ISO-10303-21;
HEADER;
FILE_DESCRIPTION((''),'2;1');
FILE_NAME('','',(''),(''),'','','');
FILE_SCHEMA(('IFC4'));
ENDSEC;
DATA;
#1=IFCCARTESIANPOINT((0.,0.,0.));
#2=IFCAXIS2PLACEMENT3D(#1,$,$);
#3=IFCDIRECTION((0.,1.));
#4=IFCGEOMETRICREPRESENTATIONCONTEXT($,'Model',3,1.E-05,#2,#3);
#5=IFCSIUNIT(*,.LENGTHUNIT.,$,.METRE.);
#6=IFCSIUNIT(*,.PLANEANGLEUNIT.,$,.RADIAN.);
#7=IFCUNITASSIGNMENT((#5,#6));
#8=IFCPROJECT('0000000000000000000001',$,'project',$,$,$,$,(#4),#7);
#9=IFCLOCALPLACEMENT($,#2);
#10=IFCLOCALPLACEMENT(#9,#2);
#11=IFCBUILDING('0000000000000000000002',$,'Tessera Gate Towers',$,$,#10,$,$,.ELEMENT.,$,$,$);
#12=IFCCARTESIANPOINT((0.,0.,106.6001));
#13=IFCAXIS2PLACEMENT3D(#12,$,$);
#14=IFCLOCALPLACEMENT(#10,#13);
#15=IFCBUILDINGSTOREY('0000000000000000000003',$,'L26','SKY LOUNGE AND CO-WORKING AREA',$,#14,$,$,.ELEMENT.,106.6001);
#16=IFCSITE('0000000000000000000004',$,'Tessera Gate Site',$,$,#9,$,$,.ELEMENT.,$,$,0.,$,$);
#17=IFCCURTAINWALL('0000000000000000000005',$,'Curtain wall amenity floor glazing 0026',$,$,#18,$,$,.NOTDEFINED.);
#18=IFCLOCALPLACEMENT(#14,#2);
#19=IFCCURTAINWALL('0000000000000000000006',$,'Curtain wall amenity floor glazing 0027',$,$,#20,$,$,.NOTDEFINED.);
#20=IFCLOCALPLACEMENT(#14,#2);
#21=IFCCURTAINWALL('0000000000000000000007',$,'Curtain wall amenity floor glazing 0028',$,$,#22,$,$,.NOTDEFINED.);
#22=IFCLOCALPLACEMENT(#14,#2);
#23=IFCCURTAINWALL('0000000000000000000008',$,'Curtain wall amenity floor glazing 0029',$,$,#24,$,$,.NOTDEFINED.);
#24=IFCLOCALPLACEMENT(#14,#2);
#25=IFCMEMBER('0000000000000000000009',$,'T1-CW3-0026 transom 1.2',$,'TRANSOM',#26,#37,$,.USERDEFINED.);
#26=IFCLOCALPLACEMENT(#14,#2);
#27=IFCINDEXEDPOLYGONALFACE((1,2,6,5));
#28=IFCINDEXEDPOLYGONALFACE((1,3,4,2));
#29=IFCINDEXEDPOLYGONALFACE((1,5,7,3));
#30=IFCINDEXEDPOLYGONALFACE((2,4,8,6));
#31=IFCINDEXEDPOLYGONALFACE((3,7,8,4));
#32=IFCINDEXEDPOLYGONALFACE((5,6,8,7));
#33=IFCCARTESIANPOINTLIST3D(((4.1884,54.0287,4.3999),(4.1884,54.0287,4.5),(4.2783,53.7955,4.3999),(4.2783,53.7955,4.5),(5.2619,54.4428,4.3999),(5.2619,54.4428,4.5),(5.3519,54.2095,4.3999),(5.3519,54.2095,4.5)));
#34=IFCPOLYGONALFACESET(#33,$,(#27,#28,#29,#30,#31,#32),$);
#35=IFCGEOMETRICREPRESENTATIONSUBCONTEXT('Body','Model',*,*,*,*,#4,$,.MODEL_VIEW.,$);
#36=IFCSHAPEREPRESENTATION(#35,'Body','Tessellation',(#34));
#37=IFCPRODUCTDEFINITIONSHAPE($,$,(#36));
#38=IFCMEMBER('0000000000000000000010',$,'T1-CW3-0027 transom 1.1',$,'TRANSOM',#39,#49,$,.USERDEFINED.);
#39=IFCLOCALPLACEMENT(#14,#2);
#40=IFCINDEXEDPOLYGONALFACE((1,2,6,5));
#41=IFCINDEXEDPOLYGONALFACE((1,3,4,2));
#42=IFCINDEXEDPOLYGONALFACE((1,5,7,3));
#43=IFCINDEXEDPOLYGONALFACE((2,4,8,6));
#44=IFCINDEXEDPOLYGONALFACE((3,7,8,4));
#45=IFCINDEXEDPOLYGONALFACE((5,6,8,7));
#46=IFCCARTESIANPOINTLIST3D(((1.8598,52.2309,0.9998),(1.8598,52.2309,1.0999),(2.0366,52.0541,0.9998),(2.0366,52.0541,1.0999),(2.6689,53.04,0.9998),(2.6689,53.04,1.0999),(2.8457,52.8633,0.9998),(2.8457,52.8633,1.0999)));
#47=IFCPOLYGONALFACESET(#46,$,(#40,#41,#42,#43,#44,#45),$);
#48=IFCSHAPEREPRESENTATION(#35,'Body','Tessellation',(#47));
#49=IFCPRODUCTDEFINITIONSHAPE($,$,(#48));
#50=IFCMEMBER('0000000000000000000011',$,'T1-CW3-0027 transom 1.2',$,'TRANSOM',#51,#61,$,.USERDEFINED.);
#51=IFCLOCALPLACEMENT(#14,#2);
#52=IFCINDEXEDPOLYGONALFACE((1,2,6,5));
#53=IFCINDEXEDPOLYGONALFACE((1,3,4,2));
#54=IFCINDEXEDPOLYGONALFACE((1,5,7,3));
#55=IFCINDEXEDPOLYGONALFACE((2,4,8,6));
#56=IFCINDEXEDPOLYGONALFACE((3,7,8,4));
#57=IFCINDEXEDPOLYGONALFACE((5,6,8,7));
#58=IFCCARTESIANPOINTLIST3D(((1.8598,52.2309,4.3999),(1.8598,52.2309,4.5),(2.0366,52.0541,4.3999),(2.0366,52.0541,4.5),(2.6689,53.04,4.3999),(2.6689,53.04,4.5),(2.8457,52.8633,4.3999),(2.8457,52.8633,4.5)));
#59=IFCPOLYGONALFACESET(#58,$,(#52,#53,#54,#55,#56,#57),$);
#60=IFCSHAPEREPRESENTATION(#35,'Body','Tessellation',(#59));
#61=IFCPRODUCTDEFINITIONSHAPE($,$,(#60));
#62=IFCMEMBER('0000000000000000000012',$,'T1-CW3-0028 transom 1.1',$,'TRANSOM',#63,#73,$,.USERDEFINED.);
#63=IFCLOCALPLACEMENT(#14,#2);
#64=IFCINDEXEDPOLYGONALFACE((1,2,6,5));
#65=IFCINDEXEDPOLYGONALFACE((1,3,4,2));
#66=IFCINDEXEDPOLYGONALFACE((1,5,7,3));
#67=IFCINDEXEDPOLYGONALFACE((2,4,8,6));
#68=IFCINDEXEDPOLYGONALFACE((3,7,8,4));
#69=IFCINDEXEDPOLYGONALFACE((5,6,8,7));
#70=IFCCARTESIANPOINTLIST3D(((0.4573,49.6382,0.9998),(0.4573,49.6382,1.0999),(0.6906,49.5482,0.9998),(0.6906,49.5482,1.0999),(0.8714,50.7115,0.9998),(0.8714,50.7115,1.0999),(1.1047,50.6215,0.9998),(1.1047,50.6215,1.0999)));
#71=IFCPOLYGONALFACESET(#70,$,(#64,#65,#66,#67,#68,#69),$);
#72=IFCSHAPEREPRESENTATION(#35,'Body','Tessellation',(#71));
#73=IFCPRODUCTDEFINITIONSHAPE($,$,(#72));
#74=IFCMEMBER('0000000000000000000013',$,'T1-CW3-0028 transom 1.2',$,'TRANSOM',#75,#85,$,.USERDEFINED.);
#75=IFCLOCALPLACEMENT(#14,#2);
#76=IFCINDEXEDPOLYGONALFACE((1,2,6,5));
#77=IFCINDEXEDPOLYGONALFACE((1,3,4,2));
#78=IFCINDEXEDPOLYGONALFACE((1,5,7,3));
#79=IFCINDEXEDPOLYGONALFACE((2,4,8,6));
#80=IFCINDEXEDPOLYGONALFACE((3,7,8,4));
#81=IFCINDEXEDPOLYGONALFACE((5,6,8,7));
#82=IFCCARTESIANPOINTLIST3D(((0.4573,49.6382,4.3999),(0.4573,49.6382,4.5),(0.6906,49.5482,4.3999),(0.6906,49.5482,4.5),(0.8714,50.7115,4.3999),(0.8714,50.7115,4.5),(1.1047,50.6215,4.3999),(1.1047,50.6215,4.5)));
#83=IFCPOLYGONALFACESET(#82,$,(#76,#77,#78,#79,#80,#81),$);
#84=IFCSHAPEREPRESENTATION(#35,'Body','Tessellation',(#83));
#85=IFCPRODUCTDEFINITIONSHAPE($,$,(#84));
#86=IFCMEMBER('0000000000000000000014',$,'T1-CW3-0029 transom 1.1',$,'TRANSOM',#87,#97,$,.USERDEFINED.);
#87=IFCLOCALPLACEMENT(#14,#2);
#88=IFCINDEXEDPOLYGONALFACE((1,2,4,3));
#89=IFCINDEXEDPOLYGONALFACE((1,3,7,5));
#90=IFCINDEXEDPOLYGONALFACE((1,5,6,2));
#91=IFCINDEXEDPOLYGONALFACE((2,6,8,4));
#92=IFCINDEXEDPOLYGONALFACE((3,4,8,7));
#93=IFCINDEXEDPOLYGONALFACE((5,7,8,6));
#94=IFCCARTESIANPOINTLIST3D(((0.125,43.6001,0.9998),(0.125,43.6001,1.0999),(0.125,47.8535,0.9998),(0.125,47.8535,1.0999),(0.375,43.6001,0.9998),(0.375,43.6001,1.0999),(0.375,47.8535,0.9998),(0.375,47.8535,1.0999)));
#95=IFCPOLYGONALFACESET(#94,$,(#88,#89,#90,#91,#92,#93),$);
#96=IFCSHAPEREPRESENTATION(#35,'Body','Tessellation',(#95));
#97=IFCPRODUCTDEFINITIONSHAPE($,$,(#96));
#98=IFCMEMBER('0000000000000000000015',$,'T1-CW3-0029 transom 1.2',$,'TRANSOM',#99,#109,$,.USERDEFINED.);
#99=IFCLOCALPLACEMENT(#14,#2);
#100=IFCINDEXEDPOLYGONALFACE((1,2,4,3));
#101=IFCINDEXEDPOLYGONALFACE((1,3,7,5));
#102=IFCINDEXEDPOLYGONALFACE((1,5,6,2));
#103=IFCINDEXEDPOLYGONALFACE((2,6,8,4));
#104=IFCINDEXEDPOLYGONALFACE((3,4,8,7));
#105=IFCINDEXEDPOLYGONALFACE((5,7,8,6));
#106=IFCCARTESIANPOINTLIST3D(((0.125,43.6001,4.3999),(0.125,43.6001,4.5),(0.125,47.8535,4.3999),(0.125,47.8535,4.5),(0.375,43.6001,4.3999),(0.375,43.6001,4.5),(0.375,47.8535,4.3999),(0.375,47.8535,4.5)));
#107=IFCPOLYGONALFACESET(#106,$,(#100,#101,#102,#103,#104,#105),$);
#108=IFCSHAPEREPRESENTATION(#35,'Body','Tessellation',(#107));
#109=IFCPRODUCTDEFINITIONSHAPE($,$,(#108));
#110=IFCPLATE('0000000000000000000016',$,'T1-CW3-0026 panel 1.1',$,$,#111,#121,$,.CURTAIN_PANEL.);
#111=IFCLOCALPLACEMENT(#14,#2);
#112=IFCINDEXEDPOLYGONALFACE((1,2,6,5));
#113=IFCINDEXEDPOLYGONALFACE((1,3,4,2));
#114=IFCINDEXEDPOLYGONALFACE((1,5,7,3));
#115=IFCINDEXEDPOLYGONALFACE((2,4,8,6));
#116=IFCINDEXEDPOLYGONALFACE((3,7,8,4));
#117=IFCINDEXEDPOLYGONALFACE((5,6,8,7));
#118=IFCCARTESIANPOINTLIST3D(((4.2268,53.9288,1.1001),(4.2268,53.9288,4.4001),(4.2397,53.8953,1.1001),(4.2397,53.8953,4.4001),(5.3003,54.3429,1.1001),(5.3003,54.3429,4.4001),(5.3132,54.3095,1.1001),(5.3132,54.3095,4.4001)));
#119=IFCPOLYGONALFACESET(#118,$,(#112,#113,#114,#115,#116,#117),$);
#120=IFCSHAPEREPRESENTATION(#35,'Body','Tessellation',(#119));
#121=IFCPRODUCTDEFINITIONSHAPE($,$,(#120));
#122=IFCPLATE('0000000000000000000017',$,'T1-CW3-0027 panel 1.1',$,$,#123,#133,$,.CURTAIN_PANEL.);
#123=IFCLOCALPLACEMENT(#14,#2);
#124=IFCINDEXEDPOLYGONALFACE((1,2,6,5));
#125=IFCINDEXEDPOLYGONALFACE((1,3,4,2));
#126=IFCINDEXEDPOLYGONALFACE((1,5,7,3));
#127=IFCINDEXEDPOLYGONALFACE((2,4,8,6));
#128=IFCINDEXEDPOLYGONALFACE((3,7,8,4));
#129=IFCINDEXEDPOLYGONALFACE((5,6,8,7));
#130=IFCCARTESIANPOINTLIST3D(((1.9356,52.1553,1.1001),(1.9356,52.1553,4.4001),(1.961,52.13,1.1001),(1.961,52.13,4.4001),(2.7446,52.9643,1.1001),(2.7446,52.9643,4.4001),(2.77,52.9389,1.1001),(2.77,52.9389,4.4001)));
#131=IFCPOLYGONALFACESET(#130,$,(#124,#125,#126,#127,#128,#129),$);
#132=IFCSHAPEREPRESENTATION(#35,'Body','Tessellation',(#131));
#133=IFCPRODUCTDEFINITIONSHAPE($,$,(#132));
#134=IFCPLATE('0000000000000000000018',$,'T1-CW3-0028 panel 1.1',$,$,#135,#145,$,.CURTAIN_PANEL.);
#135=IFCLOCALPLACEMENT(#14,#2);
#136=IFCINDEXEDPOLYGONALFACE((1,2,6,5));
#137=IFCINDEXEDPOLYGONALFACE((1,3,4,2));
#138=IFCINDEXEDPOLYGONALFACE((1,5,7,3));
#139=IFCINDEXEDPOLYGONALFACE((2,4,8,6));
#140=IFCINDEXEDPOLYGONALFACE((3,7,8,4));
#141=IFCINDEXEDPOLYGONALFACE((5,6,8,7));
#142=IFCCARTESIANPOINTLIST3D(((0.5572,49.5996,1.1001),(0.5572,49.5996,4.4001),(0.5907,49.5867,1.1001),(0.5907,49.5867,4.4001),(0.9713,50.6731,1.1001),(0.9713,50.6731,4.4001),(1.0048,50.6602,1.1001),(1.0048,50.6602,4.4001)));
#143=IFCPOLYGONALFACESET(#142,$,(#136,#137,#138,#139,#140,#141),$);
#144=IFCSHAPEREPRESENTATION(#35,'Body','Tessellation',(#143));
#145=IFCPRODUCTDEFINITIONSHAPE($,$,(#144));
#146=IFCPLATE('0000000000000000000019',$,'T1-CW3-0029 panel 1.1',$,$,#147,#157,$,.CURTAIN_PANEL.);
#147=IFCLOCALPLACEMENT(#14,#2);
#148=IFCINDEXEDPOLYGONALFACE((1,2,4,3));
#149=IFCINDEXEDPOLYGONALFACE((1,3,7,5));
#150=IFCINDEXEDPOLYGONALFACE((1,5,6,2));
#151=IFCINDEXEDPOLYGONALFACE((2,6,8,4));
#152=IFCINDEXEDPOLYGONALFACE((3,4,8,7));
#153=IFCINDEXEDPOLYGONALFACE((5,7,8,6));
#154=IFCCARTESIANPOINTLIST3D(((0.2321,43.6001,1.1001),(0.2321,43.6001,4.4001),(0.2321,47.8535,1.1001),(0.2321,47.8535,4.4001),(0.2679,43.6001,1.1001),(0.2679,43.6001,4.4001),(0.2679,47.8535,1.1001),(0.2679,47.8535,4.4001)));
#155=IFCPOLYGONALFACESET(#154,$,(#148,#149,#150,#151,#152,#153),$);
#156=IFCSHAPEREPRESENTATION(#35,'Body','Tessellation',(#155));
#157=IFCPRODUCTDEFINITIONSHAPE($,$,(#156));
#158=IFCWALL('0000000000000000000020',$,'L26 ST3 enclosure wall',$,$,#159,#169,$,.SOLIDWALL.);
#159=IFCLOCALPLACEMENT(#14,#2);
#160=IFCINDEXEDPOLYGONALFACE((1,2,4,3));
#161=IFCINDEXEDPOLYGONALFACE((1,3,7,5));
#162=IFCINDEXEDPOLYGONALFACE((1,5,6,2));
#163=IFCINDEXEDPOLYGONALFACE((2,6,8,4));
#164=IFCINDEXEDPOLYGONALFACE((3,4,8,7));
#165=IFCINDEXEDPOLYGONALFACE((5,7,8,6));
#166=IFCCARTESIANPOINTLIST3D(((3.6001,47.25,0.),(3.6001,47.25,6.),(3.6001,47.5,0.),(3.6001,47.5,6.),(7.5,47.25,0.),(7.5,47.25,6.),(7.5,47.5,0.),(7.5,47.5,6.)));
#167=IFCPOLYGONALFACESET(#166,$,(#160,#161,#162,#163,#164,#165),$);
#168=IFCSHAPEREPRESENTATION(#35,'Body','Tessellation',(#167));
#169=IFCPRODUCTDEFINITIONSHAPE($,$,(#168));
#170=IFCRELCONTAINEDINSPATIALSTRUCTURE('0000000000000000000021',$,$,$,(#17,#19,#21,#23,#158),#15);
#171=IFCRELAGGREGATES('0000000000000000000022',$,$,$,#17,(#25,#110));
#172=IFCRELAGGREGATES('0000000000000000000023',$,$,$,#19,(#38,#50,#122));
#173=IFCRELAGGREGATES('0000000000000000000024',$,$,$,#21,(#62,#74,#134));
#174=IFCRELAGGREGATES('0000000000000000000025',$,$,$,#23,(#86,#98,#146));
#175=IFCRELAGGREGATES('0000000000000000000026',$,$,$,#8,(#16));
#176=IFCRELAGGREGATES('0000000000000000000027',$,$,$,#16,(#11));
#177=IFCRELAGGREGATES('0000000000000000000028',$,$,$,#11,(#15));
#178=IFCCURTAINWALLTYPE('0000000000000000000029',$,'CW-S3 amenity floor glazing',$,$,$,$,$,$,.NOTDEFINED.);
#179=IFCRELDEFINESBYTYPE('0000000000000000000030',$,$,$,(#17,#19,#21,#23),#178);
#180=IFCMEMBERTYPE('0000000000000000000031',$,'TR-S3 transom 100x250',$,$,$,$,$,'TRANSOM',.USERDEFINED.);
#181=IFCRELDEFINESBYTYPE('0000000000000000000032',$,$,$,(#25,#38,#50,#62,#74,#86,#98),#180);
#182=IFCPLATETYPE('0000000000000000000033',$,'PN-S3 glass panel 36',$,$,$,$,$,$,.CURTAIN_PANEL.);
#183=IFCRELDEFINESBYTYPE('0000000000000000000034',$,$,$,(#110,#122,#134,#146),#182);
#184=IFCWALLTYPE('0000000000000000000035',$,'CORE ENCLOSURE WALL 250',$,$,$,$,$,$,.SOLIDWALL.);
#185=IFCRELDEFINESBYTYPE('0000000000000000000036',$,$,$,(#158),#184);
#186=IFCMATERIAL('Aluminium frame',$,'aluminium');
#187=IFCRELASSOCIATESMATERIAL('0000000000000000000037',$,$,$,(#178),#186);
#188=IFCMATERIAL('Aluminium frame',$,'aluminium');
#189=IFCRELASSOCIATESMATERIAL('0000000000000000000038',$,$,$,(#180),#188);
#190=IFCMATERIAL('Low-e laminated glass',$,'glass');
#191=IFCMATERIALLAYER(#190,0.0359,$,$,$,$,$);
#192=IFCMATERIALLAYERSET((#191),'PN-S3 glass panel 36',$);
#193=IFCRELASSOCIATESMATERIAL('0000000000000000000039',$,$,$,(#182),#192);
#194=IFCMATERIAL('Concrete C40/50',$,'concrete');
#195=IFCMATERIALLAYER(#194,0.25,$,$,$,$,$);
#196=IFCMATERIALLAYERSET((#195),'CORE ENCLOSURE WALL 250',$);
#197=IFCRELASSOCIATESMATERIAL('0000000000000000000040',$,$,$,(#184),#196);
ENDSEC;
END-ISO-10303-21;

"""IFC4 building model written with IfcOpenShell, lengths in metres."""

from ifc_helpers import new_model, si_unit, direction, frame, frame_2d, origin, origin_2d, place, context, subcontext, project, spatial, rectangle, extrude, material, layer, layer_set, material_profile, profile_set, type_object, element, aggregate, save


model = new_model("IFC4")

# Units and contexts
model_context = context("Model", 3, precision=1e-05, world=origin(), true_north=direction((0.0, 1.0)))
body_context = subcontext(model_context, "Body", "Model", "MODEL_VIEW")
ifc_project = project(units=[si_unit("LENGTHUNIT", "METRE"), si_unit("PLANEANGLEUNIT", "RADIAN")], contexts=[model_context])

# Site, building, storey
site_placement = place(None, origin())
site = spatial("IfcSite", under=ifc_project, at=site_placement, Name="Tessera Gate Site", CompositionType="ELEMENT", RefElevation=0.0)
building_placement = place(site_placement, origin())
building = spatial("IfcBuilding", under=site, at=building_placement, Name="Tessera Gate Towers", CompositionType="ELEMENT")
storey_placement = place(building_placement, frame((0.0, 0.0, 106.6001)))
storey = spatial("IfcBuildingStorey", under=building, at=storey_placement, Name="L26", Description="SKY LOUNGE AND CO-WORKING AREA", CompositionType="ELEMENT", Elevation=106.6001)

# Shared definitions
ifc_material_1 = material(Name="Aluminium frame", Category="aluminium")
curtain_wall_type = type_object("IfcCurtainWallType", Name="CW-S3 amenity floor glazing", PredefinedType="NOTDEFINED", material=ifc_material_1)

# Curtain walls
curtain_wall_1_placement = place(storey_placement, origin())
curtain_wall_1 = element("IfcCurtainWall", 1, at=curtain_wall_1_placement, inside=storey, type_object=curtain_wall_type, Name="Curtain wall amenity floor glazing 0026", PredefinedType="NOTDEFINED")
curtain_wall_2_placement = place(storey_placement, origin())
curtain_wall_2 = element("IfcCurtainWall", 2, at=curtain_wall_2_placement, inside=storey, type_object=curtain_wall_type, Name="Curtain wall amenity floor glazing 0027", PredefinedType="NOTDEFINED")
curtain_wall_3_placement = place(storey_placement, origin())
curtain_wall_3 = element("IfcCurtainWall", 3, at=curtain_wall_3_placement, inside=storey, type_object=curtain_wall_type, Name="Curtain wall amenity floor glazing 0028", PredefinedType="NOTDEFINED")

# Curtain wall
curtain_wall_4_placement = place(storey_placement, origin())
curtain_wall_4 = element("IfcCurtainWall", 4, at=curtain_wall_4_placement, inside=storey, type_object=curtain_wall_type, Name="Curtain wall amenity floor glazing 0029", PredefinedType="NOTDEFINED")

# Members
ifc_material_2 = material(Name="Aluminium frame", Category="aluminium")
ifc_material_profile_1 = material_profile(ifc_material_2, rectangle(XDim=0.25, YDim=0.1001, at=origin_2d()), Name="AL 100x250")
ifc_profile_set_1 = profile_set([ifc_material_profile_1], Name="Aluminium frame")
member_type_1 = type_object("IfcMemberType", Name="TR-S3 transom 100x250", ElementType="TRANSOM", PredefinedType="USERDEFINED", material=ifc_profile_set_1)
member_1_placement = place(storey_placement, frame((5.3069, 54.3262, 4.45), z_axis=(-0.933001, -0.359875, 0.0), x_axis=(0.359875, -0.933001, 0.0)))
member_1 = element("IfcMember", 5, at=member_1_placement, type_object=member_type_1, Name="T1-CW3-0026 transom 1.2", ObjectType="TRANSOM", PredefinedType="USERDEFINED", context=body_context, shape_type="SweptSolid", body=[
    extrude(rectangle(XDim=0.25, YDim=0.1001, at=origin_2d()), origin(), (0.0, 0.0, 1.0), 1.1506),
])
member_2_placement = place(storey_placement, frame((2.7573, 52.9517, 1.0498), z_axis=(-0.707107, -0.707107, 0.0), x_axis=(0.707107, -0.707107, 0.0)))
member_2 = element("IfcMember", 6, at=member_2_placement, type_object=member_type_1, Name="T1-CW3-0027 transom 1.1", ObjectType="TRANSOM", PredefinedType="USERDEFINED", context=body_context, shape_type="SweptSolid", body=[
    extrude(rectangle(XDim=0.25, YDim=0.1001, at=origin_2d()), origin(), (0.0, 0.0, 1.0), 1.1443),
])
member_3_placement = place(storey_placement, frame((2.7573, 52.9517, 4.45), z_axis=(-0.707107, -0.707107, 0.0), x_axis=(0.707107, -0.707107, 0.0)))
member_3 = element("IfcMember", 7, at=member_3_placement, type_object=member_type_1, Name="T1-CW3-0027 transom 1.2", ObjectType="TRANSOM", PredefinedType="USERDEFINED", context=body_context, shape_type="SweptSolid", body=[
    extrude(rectangle(XDim=0.25, YDim=0.1001, at=origin_2d()), origin(), (0.0, 0.0, 1.0), 1.1443),
])
member_4_placement = place(storey_placement, frame((0.988, 50.6665, 1.0498), z_axis=(-0.359946, -0.932973, 0.0), x_axis=(0.932973, -0.359946, 0.0)))
member_4 = element("IfcMember", 8, at=member_4_placement, type_object=member_type_1, Name="T1-CW3-0028 transom 1.1", ObjectType="TRANSOM", PredefinedType="USERDEFINED", context=body_context, shape_type="SweptSolid", body=[
    extrude(rectangle(XDim=0.25, YDim=0.1001, at=origin_2d()), origin(), (0.0, 0.0, 1.0), 1.1504),
])
member_5_placement = place(storey_placement, frame((0.988, 50.6665, 4.45), z_axis=(-0.359946, -0.932973, 0.0), x_axis=(0.932973, -0.359946, 0.0)))
member_5 = element("IfcMember", 9, at=member_5_placement, type_object=member_type_1, Name="T1-CW3-0028 transom 1.2", ObjectType="TRANSOM", PredefinedType="USERDEFINED", context=body_context, shape_type="SweptSolid", body=[
    extrude(rectangle(XDim=0.25, YDim=0.1001, at=origin_2d()), origin(), (0.0, 0.0, 1.0), 1.1504),
])
member_6_placement = place(storey_placement, frame((0.25, 47.8535, 1.0498), z_axis=(0.0, -1.0, 0.0), x_axis=(1.0, 0.0, 0.0)))
member_6 = element("IfcMember", 10, at=member_6_placement, type_object=member_type_1, Name="T1-CW3-0029 transom 1.1", ObjectType="TRANSOM", PredefinedType="USERDEFINED", context=body_context, shape_type="SweptSolid", body=[
    extrude(rectangle(XDim=0.25, YDim=0.1001, at=origin_2d()), origin(), (0.0, 0.0, 1.0), 4.2534),
])
member_7_placement = place(storey_placement, frame((0.25, 47.8535, 4.45), z_axis=(0.0, -1.0, 0.0), x_axis=(1.0, 0.0, 0.0)))
member_7 = element("IfcMember", 11, at=member_7_placement, type_object=member_type_1, Name="T1-CW3-0029 transom 1.2", ObjectType="TRANSOM", PredefinedType="USERDEFINED", context=body_context, shape_type="SweptSolid", body=[
    extrude(rectangle(XDim=0.25, YDim=0.1001, at=origin_2d()), origin(), (0.0, 0.0, 1.0), 4.2534),
])

# Plates
ifc_material_3 = material(Name="Low-e laminated glass", Category="glass")
ifc_layer_1 = layer(ifc_material_3, 0.0359)
ifc_layer_set_1 = layer_set([ifc_layer_1], Name="PN-S3 glass panel 36")
plate_type = type_object("IfcPlateType", Name="PN-S3 glass panel 36", PredefinedType="CURTAIN_PANEL", material=ifc_layer_set_1)
plate_1_placement = place(storey_placement, frame((4.77, 54.1191, 1.1001), z_axis=(0.0, 0.0, 1.0), x_axis=(-0.932989, -0.359904, 0.0)))
plate_1 = element("IfcPlate", 12, at=plate_1_placement, type_object=plate_type, Name="T1-CW3-0026 panel 1.1", PredefinedType="CURTAIN_PANEL", context=body_context, shape_type="SweptSolid", body=[
    extrude(rectangle(XDim=1.1506, YDim=0.0359, at=origin_2d()), origin(), (0.0, 0.0, 1.0), 3.3),
])
aggregate(curtain_wall_1, [member_1, plate_1])
plate_2_placement = place(storey_placement, frame((2.3528, 52.5471, 1.1001), z_axis=(0.0, 0.0, 1.0), x_axis=(-0.707107, -0.707107, 0.0)))
plate_2 = element("IfcPlate", 13, at=plate_2_placement, type_object=plate_type, Name="T1-CW3-0027 panel 1.1", PredefinedType="CURTAIN_PANEL", context=body_context, shape_type="SweptSolid", body=[
    extrude(rectangle(XDim=1.144, YDim=0.0359, at=origin_2d()), origin(), (0.0, 0.0, 1.0), 3.3),
])
aggregate(curtain_wall_2, [member_2, member_3, plate_2])
plate_3_placement = place(storey_placement, frame((0.781, 50.1299, 1.1001), z_axis=(0.0, 0.0, 1.0), x_axis=(-0.359904, -0.932989, 0.0)))
plate_3 = element("IfcPlate", 14, at=plate_3_placement, type_object=plate_type, Name="T1-CW3-0028 panel 1.1", PredefinedType="CURTAIN_PANEL", context=body_context, shape_type="SweptSolid", body=[
    extrude(rectangle(XDim=1.1506, YDim=0.0359, at=origin_2d()), origin(), (0.0, 0.0, 1.0), 3.3),
])
aggregate(curtain_wall_3, [member_4, member_5, plate_3])
plate_4_placement = place(storey_placement, frame((0.25, 45.7268, 1.1001), z_axis=(0.0, 0.0, 1.0), x_axis=(0.0, -1.0, 0.0)))
plate_4 = element("IfcPlate", 15, at=plate_4_placement, type_object=plate_type, Name="T1-CW3-0029 panel 1.1", PredefinedType="CURTAIN_PANEL", context=body_context, shape_type="SweptSolid", body=[
    extrude(rectangle(XDim=4.2534, YDim=0.0359, at=origin_2d()), origin(), (0.0, 0.0, 1.0), 3.3),
])
aggregate(curtain_wall_4, [member_6, member_7, plate_4])

# Wall
ifc_material_4 = material(Name="Concrete C40/50", Category="concrete")
ifc_layer_2 = layer(ifc_material_4, 0.25)
ifc_layer_set_2 = layer_set([ifc_layer_2], Name="CORE ENCLOSURE WALL 250")
wall_type_1 = type_object("IfcWallType", Name="CORE ENCLOSURE WALL 250", PredefinedType="SOLIDWALL", material=ifc_layer_set_2)
wall_1_placement = place(storey_placement, frame((3.6001, 47.375, 0.0), z_axis=(0.0, 0.0, 1.0), x_axis=(1.0, 0.0, 0.0)))
element("IfcWall", 16, at=wall_1_placement, inside=storey, type_object=wall_type_1, Name="L26 ST3 enclosure wall", PredefinedType="SOLIDWALL", context=body_context, shape_type="SweptSolid", body=[
    extrude(rectangle(XDim=3.8999, YDim=0.25, at=frame_2d((1.95, 0.0))), origin(), (0.0, 0.0, 1.0), 6.0),
])

save(model, "model.ifc")
